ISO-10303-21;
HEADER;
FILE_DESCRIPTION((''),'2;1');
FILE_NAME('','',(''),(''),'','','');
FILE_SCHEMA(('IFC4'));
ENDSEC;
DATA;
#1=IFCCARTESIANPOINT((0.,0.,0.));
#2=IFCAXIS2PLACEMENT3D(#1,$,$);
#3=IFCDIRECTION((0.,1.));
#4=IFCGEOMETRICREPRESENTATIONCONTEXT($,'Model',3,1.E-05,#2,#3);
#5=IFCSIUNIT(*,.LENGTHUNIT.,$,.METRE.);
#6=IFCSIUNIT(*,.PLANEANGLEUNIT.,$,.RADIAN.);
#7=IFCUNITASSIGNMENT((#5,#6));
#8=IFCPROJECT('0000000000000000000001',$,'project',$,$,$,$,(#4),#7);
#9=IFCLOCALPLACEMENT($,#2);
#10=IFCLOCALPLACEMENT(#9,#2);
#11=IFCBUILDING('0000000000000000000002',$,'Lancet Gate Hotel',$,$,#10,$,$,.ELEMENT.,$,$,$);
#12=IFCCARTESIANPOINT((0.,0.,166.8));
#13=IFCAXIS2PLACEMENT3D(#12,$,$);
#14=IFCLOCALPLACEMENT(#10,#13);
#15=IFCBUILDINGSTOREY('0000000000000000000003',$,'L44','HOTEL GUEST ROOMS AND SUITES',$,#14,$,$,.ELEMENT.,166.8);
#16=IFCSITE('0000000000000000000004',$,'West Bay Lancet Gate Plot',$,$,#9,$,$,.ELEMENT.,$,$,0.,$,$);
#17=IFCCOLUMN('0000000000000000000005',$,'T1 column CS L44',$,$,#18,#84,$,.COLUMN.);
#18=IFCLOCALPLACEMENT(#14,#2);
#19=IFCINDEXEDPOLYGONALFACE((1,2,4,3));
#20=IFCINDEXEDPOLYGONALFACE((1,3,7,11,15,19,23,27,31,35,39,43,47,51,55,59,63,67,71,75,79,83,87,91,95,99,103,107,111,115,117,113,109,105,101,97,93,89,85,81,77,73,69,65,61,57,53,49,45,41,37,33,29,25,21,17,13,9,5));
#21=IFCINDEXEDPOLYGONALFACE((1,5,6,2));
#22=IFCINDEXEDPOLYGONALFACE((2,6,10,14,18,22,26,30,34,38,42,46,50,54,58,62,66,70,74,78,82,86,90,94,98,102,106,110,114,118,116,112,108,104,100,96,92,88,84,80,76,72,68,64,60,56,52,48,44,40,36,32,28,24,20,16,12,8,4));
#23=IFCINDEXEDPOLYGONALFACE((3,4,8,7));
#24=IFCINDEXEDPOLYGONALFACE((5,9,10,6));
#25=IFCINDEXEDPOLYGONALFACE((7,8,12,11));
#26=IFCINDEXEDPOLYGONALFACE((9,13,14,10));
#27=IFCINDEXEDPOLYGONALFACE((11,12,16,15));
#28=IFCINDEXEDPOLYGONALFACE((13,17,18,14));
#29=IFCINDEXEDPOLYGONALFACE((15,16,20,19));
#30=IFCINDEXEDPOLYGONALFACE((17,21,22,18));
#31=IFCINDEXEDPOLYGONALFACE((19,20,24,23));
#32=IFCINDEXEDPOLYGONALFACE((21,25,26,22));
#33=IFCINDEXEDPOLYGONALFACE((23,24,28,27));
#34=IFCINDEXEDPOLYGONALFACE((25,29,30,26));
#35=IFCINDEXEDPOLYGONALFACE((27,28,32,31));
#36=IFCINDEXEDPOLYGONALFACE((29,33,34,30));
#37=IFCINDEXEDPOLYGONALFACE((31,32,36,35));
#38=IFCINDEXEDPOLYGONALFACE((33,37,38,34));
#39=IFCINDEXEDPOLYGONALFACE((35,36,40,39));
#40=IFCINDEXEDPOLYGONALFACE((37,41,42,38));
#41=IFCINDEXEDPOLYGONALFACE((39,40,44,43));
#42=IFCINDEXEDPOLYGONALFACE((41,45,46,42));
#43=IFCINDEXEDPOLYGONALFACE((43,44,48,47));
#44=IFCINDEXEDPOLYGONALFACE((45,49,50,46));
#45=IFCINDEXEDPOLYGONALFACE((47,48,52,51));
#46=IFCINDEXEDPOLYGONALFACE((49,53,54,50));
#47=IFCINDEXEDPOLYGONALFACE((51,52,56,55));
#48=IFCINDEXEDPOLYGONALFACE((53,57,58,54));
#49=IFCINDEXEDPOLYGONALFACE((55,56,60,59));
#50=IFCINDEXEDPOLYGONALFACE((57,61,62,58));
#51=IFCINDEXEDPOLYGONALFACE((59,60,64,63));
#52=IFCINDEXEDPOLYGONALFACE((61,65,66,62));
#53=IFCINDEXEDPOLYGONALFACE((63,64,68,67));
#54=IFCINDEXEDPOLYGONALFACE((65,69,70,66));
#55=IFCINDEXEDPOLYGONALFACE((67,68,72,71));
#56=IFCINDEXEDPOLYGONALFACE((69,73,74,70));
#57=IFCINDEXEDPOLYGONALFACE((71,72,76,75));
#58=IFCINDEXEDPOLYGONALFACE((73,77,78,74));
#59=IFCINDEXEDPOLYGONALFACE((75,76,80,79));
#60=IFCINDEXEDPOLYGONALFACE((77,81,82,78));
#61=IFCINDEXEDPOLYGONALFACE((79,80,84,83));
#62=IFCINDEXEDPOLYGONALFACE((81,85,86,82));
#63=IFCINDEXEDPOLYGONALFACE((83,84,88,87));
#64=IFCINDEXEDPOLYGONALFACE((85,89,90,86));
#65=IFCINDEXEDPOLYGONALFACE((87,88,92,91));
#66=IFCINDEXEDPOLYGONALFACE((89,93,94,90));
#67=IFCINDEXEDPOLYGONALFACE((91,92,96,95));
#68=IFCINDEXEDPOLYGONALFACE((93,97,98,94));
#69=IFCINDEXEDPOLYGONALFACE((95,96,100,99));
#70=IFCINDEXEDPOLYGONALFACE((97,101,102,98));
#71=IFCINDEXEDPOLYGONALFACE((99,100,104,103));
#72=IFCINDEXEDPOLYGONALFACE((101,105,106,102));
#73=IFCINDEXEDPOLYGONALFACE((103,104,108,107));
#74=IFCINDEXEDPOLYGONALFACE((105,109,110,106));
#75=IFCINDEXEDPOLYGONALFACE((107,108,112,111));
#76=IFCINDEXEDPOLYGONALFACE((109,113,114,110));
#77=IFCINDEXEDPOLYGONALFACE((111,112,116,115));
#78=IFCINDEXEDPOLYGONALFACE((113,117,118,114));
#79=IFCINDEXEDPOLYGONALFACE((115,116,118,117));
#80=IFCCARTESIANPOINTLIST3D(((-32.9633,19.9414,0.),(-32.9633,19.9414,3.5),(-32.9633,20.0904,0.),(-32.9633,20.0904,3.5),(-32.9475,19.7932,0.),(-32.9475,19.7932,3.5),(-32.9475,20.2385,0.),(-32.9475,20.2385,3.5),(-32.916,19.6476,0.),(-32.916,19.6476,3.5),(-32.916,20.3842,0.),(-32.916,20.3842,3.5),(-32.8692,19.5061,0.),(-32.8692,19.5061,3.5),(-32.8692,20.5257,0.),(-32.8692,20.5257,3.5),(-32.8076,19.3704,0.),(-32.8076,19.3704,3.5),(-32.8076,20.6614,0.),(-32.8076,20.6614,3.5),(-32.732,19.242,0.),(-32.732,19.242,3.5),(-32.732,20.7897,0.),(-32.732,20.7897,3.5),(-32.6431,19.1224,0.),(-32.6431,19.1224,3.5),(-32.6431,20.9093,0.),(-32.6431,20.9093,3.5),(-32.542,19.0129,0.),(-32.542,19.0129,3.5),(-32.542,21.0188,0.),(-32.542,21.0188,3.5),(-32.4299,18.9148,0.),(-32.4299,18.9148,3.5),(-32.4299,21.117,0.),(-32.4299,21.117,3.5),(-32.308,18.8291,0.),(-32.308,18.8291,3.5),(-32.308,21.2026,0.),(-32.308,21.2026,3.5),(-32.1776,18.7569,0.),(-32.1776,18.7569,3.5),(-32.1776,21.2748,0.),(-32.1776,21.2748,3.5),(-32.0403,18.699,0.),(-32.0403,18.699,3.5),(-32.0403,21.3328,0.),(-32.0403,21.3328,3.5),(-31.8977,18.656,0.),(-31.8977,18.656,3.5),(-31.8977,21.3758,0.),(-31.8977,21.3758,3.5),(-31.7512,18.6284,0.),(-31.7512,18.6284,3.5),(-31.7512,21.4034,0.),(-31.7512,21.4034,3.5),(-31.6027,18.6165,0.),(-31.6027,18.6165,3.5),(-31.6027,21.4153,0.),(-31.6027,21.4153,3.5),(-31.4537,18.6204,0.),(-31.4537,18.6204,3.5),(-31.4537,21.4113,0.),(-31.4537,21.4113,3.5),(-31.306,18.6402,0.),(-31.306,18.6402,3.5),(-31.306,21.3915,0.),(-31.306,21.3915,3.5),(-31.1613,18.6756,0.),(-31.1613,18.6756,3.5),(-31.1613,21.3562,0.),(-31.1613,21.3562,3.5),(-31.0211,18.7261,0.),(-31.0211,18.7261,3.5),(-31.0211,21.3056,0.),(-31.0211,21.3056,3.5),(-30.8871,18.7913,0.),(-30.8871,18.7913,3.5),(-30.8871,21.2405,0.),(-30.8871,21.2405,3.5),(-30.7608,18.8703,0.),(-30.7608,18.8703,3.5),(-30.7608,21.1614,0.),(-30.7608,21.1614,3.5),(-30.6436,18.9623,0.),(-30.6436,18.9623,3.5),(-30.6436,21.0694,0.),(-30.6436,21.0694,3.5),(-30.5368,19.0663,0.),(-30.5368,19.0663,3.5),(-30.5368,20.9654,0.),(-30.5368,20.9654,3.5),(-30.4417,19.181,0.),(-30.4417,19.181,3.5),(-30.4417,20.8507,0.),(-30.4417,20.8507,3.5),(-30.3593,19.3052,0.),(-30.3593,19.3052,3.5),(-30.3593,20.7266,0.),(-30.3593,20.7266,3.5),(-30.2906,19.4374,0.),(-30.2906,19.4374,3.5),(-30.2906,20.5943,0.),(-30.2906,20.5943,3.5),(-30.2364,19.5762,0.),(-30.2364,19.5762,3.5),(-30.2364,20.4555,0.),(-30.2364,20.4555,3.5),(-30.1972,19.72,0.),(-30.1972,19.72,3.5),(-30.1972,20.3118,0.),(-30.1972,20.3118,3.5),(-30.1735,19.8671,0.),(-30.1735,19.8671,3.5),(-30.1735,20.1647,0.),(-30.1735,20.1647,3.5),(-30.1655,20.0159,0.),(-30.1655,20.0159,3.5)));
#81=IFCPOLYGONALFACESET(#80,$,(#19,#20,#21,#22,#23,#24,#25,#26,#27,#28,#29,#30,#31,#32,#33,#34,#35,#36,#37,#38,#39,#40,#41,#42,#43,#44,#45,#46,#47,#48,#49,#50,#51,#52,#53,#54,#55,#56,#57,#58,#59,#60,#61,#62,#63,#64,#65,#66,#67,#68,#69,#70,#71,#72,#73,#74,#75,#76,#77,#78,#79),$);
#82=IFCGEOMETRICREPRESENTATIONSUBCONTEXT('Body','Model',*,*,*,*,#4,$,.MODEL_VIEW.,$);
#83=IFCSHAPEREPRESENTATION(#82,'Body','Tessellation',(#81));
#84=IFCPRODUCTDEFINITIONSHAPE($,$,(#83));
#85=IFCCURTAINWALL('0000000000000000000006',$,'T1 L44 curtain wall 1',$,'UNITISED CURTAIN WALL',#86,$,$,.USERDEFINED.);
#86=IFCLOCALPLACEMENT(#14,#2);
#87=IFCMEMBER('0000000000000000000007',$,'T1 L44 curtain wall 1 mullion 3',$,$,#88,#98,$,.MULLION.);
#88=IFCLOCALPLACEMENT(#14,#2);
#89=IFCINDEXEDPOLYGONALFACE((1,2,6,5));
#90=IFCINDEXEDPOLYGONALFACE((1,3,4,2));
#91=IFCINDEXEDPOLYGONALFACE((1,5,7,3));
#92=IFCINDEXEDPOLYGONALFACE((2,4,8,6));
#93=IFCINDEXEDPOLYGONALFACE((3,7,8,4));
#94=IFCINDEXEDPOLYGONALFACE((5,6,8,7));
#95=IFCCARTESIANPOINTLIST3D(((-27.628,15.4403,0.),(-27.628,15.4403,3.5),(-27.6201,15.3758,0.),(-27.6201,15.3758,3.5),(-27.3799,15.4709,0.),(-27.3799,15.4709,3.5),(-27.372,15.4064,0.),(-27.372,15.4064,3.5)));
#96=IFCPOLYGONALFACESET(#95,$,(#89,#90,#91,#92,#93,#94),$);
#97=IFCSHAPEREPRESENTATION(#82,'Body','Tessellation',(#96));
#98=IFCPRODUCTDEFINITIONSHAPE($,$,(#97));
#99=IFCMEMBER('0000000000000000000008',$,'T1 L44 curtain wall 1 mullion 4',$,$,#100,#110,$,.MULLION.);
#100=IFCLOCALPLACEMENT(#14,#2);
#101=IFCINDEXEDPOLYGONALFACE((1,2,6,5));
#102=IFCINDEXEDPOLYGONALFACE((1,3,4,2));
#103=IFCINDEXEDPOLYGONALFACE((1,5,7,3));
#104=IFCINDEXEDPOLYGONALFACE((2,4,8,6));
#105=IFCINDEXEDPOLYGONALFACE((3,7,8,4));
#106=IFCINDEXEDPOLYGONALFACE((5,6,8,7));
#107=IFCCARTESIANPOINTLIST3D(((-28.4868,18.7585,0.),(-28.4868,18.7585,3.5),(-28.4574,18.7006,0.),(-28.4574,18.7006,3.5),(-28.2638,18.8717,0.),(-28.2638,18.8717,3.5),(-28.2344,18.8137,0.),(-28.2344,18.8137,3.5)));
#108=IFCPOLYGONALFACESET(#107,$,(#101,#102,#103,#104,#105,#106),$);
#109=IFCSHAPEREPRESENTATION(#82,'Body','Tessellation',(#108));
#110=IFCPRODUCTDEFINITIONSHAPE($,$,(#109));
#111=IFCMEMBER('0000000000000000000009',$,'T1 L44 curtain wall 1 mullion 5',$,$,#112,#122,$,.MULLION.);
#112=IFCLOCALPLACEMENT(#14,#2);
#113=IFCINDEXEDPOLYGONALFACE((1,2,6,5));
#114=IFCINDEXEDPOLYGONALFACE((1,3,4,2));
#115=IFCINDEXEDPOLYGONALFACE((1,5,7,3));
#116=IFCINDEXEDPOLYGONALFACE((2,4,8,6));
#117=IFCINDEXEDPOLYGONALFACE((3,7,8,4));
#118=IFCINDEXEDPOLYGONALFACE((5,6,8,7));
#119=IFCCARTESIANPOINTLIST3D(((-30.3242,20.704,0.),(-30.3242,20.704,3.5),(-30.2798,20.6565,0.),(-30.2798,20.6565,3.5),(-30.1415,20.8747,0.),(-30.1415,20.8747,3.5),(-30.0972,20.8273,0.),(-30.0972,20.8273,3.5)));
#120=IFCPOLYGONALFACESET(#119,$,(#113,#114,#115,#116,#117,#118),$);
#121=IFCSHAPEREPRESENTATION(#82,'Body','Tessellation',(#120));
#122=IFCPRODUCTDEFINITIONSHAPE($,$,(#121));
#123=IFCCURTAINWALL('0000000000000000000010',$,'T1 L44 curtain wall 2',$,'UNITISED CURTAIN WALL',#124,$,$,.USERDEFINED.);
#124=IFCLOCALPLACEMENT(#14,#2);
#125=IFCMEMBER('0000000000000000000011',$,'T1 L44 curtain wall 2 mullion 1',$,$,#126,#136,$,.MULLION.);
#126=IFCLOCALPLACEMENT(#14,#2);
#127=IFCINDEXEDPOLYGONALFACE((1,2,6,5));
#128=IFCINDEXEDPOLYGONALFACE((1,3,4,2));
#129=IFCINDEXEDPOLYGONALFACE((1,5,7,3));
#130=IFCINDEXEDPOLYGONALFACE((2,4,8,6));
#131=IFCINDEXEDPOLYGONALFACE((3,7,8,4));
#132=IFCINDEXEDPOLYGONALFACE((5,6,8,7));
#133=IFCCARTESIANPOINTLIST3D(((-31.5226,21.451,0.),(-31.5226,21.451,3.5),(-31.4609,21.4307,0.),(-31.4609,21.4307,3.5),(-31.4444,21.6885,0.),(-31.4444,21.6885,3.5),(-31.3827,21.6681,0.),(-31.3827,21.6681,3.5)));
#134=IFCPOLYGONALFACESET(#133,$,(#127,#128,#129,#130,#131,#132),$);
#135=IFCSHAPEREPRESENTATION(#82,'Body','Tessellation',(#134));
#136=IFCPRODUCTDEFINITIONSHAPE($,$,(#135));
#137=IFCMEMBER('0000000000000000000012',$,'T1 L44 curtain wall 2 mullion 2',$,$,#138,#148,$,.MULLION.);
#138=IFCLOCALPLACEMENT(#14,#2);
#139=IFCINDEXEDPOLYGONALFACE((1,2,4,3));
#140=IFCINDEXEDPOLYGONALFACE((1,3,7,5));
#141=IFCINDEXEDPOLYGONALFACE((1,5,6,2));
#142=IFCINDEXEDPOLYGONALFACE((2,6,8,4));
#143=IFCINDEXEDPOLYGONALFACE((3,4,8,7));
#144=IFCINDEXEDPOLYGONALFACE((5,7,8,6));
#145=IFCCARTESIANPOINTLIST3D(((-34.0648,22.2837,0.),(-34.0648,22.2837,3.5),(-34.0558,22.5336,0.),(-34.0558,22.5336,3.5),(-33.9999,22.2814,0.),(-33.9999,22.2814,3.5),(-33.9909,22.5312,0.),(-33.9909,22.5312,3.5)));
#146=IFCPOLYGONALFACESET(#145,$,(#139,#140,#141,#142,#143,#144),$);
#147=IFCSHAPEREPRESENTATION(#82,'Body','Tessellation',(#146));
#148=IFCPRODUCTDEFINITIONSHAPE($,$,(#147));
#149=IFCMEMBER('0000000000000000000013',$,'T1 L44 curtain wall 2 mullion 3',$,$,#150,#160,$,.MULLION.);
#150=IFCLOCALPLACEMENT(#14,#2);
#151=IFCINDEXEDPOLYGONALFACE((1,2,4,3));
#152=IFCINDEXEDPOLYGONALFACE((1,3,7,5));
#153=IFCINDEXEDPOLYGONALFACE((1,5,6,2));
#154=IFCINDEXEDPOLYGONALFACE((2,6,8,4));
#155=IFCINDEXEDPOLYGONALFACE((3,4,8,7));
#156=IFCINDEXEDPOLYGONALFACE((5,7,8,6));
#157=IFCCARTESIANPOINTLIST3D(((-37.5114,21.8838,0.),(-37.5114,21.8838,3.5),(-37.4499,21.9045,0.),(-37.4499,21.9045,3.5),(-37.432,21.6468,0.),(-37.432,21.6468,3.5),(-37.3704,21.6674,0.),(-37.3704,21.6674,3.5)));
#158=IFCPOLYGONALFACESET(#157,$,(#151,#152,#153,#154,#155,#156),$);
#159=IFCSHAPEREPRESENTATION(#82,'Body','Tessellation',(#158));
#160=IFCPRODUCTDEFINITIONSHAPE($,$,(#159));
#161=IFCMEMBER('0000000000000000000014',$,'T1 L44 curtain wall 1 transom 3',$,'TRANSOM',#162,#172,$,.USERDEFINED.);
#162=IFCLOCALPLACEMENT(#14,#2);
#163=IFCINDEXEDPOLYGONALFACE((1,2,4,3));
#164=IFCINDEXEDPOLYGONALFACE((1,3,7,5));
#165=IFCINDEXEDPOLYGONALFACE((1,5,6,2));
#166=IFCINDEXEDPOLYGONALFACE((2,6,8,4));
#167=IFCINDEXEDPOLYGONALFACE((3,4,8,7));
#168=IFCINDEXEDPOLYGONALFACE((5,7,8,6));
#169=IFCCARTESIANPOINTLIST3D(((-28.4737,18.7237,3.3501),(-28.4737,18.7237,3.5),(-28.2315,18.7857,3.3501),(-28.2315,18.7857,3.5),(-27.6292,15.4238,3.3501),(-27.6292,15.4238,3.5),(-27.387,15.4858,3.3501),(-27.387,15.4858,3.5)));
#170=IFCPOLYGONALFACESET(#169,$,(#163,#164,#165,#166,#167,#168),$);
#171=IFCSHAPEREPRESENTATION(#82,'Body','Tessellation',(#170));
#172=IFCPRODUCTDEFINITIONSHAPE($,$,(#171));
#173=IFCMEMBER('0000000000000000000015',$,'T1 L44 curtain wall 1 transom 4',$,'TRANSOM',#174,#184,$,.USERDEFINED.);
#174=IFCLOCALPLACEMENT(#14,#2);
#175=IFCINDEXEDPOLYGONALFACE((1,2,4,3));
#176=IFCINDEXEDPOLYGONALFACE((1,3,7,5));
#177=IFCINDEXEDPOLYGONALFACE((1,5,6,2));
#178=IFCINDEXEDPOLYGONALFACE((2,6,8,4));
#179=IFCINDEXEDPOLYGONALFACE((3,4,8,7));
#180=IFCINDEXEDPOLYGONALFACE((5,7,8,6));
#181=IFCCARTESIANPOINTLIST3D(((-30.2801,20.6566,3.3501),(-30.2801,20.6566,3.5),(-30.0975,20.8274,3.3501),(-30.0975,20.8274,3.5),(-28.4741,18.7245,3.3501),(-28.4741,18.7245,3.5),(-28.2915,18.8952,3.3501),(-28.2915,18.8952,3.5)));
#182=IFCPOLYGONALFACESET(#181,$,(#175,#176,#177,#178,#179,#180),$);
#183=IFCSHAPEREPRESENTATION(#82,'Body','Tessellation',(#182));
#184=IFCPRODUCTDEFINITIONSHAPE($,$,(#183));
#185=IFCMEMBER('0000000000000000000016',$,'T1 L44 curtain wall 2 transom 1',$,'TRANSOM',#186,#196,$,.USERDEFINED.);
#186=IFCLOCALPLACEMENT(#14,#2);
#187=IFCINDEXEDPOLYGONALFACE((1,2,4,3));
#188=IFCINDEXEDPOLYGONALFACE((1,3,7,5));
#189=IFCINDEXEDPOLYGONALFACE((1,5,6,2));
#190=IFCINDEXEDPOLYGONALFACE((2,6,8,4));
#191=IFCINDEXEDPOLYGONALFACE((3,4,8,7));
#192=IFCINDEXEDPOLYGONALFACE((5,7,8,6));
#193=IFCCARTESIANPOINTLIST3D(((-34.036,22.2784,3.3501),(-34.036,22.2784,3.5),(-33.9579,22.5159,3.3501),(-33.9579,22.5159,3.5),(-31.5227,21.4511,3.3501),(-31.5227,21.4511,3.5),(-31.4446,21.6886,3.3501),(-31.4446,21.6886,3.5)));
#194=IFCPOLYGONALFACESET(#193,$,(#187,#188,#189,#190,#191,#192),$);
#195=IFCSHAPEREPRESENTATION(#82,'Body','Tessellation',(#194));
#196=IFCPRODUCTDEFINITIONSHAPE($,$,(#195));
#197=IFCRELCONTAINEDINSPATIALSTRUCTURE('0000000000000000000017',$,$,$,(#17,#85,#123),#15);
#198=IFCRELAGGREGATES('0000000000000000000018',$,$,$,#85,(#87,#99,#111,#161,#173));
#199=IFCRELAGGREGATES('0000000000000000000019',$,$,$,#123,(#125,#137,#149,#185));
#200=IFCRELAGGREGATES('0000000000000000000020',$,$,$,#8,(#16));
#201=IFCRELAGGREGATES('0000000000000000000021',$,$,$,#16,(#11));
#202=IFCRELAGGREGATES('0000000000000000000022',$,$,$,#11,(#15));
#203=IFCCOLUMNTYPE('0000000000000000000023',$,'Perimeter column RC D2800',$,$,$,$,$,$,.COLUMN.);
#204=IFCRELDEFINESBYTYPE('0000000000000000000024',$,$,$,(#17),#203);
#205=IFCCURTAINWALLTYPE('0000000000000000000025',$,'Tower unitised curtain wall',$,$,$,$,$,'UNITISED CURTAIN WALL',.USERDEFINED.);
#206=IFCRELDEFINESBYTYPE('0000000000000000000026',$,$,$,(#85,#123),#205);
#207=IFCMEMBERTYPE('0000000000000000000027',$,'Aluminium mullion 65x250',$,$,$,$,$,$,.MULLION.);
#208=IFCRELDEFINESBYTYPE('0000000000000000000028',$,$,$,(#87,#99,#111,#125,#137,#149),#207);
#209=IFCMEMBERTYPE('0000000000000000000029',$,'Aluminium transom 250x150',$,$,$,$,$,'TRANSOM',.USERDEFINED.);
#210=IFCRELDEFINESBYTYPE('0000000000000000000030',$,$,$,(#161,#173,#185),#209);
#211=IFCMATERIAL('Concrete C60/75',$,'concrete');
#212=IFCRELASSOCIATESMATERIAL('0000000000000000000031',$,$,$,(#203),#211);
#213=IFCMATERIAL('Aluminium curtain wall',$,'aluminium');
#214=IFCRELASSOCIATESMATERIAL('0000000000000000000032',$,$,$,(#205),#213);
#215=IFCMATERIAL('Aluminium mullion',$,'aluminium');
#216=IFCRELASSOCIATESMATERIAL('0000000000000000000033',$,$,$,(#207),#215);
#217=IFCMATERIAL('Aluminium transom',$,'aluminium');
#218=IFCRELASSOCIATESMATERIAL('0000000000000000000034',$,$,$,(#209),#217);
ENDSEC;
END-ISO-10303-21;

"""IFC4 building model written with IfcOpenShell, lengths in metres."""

from ifc_helpers import new_model, si_unit, direction, frame, origin, origin_2d, place, context, subcontext, project, spatial, rectangle, circle, extrude, material, material_profile, profile_set, type_object, element, aggregate, save


model = new_model("IFC4")

# Units and contexts
model_context = context("Model", 3, precision=1e-05, world=origin(), true_north=direction((0.0, 1.0)))
body_context = subcontext(model_context, "Body", "Model", "MODEL_VIEW")
ifc_project = project(units=[si_unit("LENGTHUNIT", "METRE"), si_unit("PLANEANGLEUNIT", "RADIAN")], contexts=[model_context])

# Site, building, storey
site_placement = place(None, origin())
site = spatial("IfcSite", under=ifc_project, at=site_placement, Name="West Bay Lancet Gate Plot", CompositionType="ELEMENT", RefElevation=0.0)
building_placement = place(site_placement, origin())
building = spatial("IfcBuilding", under=site, at=building_placement, Name="Lancet Gate Hotel", CompositionType="ELEMENT")
storey_placement = place(building_placement, frame((0.0, 0.0, 166.8)))
storey = spatial("IfcBuildingStorey", under=building, at=storey_placement, Name="L44", Description="HOTEL GUEST ROOMS AND SUITES", CompositionType="ELEMENT", Elevation=166.8)

# Column
ifc_material_1 = material(Name="Concrete C60/75", Category="concrete")
ifc_material_profile_1 = material_profile(ifc_material_1, circle(Radius=1.3999, at=origin_2d()), Name="RC D2800")
ifc_profile_set_1 = profile_set([ifc_material_profile_1], Name="Concrete C60/75")
column_type = type_object("IfcColumnType", Name="Perimeter column RC D2800", PredefinedType="COLUMN", material=ifc_profile_set_1)
column_placement = place(storey_placement, frame((-31.5654, 20.0159, 0.0), z_axis=(0.0, 0.0, 1.0), x_axis=(1.0, 0.0, 0.0)))
element("IfcColumn", 1, at=column_placement, inside=storey, type_object=column_type, Name="T1 column CS L44", PredefinedType="COLUMN", context=body_context, shape_type="SweptSolid", body=[
    extrude(circle(Radius=1.3999, at=origin_2d()), origin(), (0.0, 0.0, 1.0), 3.5),
])

# Curtain walls, members
ifc_material_2 = material(Name="Aluminium curtain wall", Category="aluminium")
curtain_wall_type = type_object("IfcCurtainWallType", Name="Tower unitised curtain wall", ElementType="UNITISED CURTAIN WALL", PredefinedType="USERDEFINED", material=ifc_material_2)
curtain_wall_1_placement = place(storey_placement, origin())
curtain_wall_1 = element("IfcCurtainWall", 2, at=curtain_wall_1_placement, inside=storey, type_object=curtain_wall_type, Name="T1 L44 curtain wall 1", ObjectType="UNITISED CURTAIN WALL", PredefinedType="USERDEFINED")
ifc_material_3 = material(Name="Aluminium mullion", Category="aluminium")
ifc_material_profile_2 = material_profile(ifc_material_3, rectangle(XDim=0.0649, YDim=0.25, at=origin_2d()), Name="MULLION 65x250")
ifc_profile_set_2 = profile_set([ifc_material_profile_2], Name="Aluminium mullion")
member_type_1 = type_object("IfcMemberType", Name="Aluminium mullion 65x250", PredefinedType="MULLION", material=ifc_profile_set_2)
member_1_placement = place(storey_placement, frame((-27.5, 15.4233, 0.0), z_axis=(0.0, 0.0, 1.0), x_axis=(-0.122467, 0.992473, 0.0)))
member_1 = element("IfcMember", 3, at=member_1_placement, type_object=member_type_1, Name="T1 L44 curtain wall 1 mullion 3", PredefinedType="MULLION", context=body_context, shape_type="SweptSolid", body=[
    extrude(rectangle(XDim=0.0649, YDim=0.25, at=origin_2d()), origin(), (0.0, 0.0, 1.0), 3.5),
])
member_2_placement = place(storey_placement, frame((-28.3606, 18.7861, 0.0), z_axis=(0.0, 0.0, 1.0), x_axis=(-0.452508, 0.891761, 0.0)))
member_2 = element("IfcMember", 4, at=member_2_placement, type_object=member_type_1, Name="T1 L44 curtain wall 1 mullion 4", PredefinedType="MULLION", context=body_context, shape_type="SweptSolid", body=[
    extrude(rectangle(XDim=0.0649, YDim=0.25, at=origin_2d()), origin(), (0.0, 0.0, 1.0), 3.5),
])
member_3_placement = place(storey_placement, frame((-30.2107, 20.7656, 0.0), z_axis=(0.0, 0.0, 1.0), x_axis=(-0.682845, 0.730563, 0.0)))
member_3 = element("IfcMember", 5, at=member_3_placement, type_object=member_type_1, Name="T1 L44 curtain wall 1 mullion 5", PredefinedType="MULLION", context=body_context, shape_type="SweptSolid", body=[
    extrude(rectangle(XDim=0.0649, YDim=0.25, at=origin_2d()), origin(), (0.0, 0.0, 1.0), 3.5),
])
curtain_wall_2_placement = place(storey_placement, origin())
curtain_wall_2 = element("IfcCurtainWall", 6, at=curtain_wall_2_placement, inside=storey, type_object=curtain_wall_type, Name="T1 L44 curtain wall 2", ObjectType="UNITISED CURTAIN WALL", PredefinedType="USERDEFINED")
member_4_placement = place(storey_placement, frame((-31.4526, 21.5596, 0.0), z_axis=(0.0, 0.0, 1.0), x_axis=(-0.949848, 0.312712, 0.0)))
member_4 = element("IfcMember", 7, at=member_4_placement, type_object=member_type_1, Name="T1 L44 curtain wall 2 mullion 1", PredefinedType="MULLION", context=body_context, shape_type="SweptSolid", body=[
    extrude(rectangle(XDim=0.0649, YDim=0.25, at=origin_2d()), origin(), (0.0, 0.0, 1.0), 3.5),
])
member_5_placement = place(storey_placement, frame((-34.0278, 22.4075, 0.0), z_axis=(0.0, 0.0, 1.0), x_axis=(-0.99935, 0.036037, 0.0)))
member_5 = element("IfcMember", 8, at=member_5_placement, type_object=member_type_1, Name="T1 L44 curtain wall 2 mullion 2", PredefinedType="MULLION", context=body_context, shape_type="SweptSolid", body=[
    extrude(rectangle(XDim=0.0649, YDim=0.25, at=origin_2d()), origin(), (0.0, 0.0, 1.0), 3.5),
])
member_6_placement = place(storey_placement, frame((-37.4409, 21.7756, 0.0), z_axis=(0.0, 0.0, 1.0), x_axis=(-0.948119, -0.317915, 0.0)))
member_6 = element("IfcMember", 9, at=member_6_placement, type_object=member_type_1, Name="T1 L44 curtain wall 2 mullion 3", PredefinedType="MULLION", context=body_context, shape_type="SweptSolid", body=[
    extrude(rectangle(XDim=0.0649, YDim=0.25, at=origin_2d()), origin(), (0.0, 0.0, 1.0), 3.5),
])

# Members
ifc_material_4 = material(Name="Aluminium transom", Category="aluminium")
ifc_material_profile_3 = material_profile(ifc_material_4, rectangle(XDim=0.25, YDim=0.1499, at=origin_2d()), Name="TRANSOM 250x150")
ifc_profile_set_3 = profile_set([ifc_material_profile_3], Name="Aluminium transom")
member_type_2 = type_object("IfcMemberType", Name="Aluminium transom 250x150", ElementType="TRANSOM", PredefinedType="USERDEFINED", material=ifc_profile_set_3)
member_7_placement = place(storey_placement, frame((-27.5081, 15.4548, 3.425), z_axis=(-0.247929, 0.968778, 0.0), x_axis=(-0.968778, -0.247929, 0.0)))
member_7 = element("IfcMember", 10, at=member_7_placement, type_object=member_type_2, Name="T1 L44 curtain wall 1 transom 3", ObjectType="TRANSOM", PredefinedType="USERDEFINED", context=body_context, shape_type="SweptSolid", body=[
    extrude(rectangle(XDim=0.25, YDim=0.1499, at=origin_2d()), origin(), (0.0, 0.0, 1.0), 3.4062),
])
member_8_placement = place(storey_placement, frame((-28.3828, 18.8098, 3.425), z_axis=(-0.682841, 0.730567, 0.0), x_axis=(-0.730567, -0.682841, 0.0)))
member_8 = element("IfcMember", 11, at=member_8_placement, type_object=member_type_2, Name="T1 L44 curtain wall 1 transom 4", ObjectType="TRANSOM", PredefinedType="USERDEFINED", context=body_context, shape_type="SweptSolid", body=[
    extrude(rectangle(XDim=0.25, YDim=0.1499, at=origin_2d()), origin(), (0.0, 0.0, 1.0), 2.6448),
])
member_9_placement = place(storey_placement, frame((-31.4836, 21.5698, 3.425), z_axis=(-0.949858, 0.312683, 0.0), x_axis=(-0.312683, -0.949858, 0.0)))
member_9 = element("IfcMember", 12, at=member_9_placement, type_object=member_type_2, Name="T1 L44 curtain wall 2 transom 1", ObjectType="TRANSOM", PredefinedType="USERDEFINED", context=body_context, shape_type="SweptSolid", body=[
    extrude(rectangle(XDim=0.25, YDim=0.1499, at=origin_2d()), origin(), (0.0, 0.0, 1.0), 2.646),
])

aggregate(curtain_wall_1, [member_1, member_2, member_3, member_7, member_8])
aggregate(curtain_wall_2, [member_4, member_5, member_6, member_9])

save(model, "model.ifc")
